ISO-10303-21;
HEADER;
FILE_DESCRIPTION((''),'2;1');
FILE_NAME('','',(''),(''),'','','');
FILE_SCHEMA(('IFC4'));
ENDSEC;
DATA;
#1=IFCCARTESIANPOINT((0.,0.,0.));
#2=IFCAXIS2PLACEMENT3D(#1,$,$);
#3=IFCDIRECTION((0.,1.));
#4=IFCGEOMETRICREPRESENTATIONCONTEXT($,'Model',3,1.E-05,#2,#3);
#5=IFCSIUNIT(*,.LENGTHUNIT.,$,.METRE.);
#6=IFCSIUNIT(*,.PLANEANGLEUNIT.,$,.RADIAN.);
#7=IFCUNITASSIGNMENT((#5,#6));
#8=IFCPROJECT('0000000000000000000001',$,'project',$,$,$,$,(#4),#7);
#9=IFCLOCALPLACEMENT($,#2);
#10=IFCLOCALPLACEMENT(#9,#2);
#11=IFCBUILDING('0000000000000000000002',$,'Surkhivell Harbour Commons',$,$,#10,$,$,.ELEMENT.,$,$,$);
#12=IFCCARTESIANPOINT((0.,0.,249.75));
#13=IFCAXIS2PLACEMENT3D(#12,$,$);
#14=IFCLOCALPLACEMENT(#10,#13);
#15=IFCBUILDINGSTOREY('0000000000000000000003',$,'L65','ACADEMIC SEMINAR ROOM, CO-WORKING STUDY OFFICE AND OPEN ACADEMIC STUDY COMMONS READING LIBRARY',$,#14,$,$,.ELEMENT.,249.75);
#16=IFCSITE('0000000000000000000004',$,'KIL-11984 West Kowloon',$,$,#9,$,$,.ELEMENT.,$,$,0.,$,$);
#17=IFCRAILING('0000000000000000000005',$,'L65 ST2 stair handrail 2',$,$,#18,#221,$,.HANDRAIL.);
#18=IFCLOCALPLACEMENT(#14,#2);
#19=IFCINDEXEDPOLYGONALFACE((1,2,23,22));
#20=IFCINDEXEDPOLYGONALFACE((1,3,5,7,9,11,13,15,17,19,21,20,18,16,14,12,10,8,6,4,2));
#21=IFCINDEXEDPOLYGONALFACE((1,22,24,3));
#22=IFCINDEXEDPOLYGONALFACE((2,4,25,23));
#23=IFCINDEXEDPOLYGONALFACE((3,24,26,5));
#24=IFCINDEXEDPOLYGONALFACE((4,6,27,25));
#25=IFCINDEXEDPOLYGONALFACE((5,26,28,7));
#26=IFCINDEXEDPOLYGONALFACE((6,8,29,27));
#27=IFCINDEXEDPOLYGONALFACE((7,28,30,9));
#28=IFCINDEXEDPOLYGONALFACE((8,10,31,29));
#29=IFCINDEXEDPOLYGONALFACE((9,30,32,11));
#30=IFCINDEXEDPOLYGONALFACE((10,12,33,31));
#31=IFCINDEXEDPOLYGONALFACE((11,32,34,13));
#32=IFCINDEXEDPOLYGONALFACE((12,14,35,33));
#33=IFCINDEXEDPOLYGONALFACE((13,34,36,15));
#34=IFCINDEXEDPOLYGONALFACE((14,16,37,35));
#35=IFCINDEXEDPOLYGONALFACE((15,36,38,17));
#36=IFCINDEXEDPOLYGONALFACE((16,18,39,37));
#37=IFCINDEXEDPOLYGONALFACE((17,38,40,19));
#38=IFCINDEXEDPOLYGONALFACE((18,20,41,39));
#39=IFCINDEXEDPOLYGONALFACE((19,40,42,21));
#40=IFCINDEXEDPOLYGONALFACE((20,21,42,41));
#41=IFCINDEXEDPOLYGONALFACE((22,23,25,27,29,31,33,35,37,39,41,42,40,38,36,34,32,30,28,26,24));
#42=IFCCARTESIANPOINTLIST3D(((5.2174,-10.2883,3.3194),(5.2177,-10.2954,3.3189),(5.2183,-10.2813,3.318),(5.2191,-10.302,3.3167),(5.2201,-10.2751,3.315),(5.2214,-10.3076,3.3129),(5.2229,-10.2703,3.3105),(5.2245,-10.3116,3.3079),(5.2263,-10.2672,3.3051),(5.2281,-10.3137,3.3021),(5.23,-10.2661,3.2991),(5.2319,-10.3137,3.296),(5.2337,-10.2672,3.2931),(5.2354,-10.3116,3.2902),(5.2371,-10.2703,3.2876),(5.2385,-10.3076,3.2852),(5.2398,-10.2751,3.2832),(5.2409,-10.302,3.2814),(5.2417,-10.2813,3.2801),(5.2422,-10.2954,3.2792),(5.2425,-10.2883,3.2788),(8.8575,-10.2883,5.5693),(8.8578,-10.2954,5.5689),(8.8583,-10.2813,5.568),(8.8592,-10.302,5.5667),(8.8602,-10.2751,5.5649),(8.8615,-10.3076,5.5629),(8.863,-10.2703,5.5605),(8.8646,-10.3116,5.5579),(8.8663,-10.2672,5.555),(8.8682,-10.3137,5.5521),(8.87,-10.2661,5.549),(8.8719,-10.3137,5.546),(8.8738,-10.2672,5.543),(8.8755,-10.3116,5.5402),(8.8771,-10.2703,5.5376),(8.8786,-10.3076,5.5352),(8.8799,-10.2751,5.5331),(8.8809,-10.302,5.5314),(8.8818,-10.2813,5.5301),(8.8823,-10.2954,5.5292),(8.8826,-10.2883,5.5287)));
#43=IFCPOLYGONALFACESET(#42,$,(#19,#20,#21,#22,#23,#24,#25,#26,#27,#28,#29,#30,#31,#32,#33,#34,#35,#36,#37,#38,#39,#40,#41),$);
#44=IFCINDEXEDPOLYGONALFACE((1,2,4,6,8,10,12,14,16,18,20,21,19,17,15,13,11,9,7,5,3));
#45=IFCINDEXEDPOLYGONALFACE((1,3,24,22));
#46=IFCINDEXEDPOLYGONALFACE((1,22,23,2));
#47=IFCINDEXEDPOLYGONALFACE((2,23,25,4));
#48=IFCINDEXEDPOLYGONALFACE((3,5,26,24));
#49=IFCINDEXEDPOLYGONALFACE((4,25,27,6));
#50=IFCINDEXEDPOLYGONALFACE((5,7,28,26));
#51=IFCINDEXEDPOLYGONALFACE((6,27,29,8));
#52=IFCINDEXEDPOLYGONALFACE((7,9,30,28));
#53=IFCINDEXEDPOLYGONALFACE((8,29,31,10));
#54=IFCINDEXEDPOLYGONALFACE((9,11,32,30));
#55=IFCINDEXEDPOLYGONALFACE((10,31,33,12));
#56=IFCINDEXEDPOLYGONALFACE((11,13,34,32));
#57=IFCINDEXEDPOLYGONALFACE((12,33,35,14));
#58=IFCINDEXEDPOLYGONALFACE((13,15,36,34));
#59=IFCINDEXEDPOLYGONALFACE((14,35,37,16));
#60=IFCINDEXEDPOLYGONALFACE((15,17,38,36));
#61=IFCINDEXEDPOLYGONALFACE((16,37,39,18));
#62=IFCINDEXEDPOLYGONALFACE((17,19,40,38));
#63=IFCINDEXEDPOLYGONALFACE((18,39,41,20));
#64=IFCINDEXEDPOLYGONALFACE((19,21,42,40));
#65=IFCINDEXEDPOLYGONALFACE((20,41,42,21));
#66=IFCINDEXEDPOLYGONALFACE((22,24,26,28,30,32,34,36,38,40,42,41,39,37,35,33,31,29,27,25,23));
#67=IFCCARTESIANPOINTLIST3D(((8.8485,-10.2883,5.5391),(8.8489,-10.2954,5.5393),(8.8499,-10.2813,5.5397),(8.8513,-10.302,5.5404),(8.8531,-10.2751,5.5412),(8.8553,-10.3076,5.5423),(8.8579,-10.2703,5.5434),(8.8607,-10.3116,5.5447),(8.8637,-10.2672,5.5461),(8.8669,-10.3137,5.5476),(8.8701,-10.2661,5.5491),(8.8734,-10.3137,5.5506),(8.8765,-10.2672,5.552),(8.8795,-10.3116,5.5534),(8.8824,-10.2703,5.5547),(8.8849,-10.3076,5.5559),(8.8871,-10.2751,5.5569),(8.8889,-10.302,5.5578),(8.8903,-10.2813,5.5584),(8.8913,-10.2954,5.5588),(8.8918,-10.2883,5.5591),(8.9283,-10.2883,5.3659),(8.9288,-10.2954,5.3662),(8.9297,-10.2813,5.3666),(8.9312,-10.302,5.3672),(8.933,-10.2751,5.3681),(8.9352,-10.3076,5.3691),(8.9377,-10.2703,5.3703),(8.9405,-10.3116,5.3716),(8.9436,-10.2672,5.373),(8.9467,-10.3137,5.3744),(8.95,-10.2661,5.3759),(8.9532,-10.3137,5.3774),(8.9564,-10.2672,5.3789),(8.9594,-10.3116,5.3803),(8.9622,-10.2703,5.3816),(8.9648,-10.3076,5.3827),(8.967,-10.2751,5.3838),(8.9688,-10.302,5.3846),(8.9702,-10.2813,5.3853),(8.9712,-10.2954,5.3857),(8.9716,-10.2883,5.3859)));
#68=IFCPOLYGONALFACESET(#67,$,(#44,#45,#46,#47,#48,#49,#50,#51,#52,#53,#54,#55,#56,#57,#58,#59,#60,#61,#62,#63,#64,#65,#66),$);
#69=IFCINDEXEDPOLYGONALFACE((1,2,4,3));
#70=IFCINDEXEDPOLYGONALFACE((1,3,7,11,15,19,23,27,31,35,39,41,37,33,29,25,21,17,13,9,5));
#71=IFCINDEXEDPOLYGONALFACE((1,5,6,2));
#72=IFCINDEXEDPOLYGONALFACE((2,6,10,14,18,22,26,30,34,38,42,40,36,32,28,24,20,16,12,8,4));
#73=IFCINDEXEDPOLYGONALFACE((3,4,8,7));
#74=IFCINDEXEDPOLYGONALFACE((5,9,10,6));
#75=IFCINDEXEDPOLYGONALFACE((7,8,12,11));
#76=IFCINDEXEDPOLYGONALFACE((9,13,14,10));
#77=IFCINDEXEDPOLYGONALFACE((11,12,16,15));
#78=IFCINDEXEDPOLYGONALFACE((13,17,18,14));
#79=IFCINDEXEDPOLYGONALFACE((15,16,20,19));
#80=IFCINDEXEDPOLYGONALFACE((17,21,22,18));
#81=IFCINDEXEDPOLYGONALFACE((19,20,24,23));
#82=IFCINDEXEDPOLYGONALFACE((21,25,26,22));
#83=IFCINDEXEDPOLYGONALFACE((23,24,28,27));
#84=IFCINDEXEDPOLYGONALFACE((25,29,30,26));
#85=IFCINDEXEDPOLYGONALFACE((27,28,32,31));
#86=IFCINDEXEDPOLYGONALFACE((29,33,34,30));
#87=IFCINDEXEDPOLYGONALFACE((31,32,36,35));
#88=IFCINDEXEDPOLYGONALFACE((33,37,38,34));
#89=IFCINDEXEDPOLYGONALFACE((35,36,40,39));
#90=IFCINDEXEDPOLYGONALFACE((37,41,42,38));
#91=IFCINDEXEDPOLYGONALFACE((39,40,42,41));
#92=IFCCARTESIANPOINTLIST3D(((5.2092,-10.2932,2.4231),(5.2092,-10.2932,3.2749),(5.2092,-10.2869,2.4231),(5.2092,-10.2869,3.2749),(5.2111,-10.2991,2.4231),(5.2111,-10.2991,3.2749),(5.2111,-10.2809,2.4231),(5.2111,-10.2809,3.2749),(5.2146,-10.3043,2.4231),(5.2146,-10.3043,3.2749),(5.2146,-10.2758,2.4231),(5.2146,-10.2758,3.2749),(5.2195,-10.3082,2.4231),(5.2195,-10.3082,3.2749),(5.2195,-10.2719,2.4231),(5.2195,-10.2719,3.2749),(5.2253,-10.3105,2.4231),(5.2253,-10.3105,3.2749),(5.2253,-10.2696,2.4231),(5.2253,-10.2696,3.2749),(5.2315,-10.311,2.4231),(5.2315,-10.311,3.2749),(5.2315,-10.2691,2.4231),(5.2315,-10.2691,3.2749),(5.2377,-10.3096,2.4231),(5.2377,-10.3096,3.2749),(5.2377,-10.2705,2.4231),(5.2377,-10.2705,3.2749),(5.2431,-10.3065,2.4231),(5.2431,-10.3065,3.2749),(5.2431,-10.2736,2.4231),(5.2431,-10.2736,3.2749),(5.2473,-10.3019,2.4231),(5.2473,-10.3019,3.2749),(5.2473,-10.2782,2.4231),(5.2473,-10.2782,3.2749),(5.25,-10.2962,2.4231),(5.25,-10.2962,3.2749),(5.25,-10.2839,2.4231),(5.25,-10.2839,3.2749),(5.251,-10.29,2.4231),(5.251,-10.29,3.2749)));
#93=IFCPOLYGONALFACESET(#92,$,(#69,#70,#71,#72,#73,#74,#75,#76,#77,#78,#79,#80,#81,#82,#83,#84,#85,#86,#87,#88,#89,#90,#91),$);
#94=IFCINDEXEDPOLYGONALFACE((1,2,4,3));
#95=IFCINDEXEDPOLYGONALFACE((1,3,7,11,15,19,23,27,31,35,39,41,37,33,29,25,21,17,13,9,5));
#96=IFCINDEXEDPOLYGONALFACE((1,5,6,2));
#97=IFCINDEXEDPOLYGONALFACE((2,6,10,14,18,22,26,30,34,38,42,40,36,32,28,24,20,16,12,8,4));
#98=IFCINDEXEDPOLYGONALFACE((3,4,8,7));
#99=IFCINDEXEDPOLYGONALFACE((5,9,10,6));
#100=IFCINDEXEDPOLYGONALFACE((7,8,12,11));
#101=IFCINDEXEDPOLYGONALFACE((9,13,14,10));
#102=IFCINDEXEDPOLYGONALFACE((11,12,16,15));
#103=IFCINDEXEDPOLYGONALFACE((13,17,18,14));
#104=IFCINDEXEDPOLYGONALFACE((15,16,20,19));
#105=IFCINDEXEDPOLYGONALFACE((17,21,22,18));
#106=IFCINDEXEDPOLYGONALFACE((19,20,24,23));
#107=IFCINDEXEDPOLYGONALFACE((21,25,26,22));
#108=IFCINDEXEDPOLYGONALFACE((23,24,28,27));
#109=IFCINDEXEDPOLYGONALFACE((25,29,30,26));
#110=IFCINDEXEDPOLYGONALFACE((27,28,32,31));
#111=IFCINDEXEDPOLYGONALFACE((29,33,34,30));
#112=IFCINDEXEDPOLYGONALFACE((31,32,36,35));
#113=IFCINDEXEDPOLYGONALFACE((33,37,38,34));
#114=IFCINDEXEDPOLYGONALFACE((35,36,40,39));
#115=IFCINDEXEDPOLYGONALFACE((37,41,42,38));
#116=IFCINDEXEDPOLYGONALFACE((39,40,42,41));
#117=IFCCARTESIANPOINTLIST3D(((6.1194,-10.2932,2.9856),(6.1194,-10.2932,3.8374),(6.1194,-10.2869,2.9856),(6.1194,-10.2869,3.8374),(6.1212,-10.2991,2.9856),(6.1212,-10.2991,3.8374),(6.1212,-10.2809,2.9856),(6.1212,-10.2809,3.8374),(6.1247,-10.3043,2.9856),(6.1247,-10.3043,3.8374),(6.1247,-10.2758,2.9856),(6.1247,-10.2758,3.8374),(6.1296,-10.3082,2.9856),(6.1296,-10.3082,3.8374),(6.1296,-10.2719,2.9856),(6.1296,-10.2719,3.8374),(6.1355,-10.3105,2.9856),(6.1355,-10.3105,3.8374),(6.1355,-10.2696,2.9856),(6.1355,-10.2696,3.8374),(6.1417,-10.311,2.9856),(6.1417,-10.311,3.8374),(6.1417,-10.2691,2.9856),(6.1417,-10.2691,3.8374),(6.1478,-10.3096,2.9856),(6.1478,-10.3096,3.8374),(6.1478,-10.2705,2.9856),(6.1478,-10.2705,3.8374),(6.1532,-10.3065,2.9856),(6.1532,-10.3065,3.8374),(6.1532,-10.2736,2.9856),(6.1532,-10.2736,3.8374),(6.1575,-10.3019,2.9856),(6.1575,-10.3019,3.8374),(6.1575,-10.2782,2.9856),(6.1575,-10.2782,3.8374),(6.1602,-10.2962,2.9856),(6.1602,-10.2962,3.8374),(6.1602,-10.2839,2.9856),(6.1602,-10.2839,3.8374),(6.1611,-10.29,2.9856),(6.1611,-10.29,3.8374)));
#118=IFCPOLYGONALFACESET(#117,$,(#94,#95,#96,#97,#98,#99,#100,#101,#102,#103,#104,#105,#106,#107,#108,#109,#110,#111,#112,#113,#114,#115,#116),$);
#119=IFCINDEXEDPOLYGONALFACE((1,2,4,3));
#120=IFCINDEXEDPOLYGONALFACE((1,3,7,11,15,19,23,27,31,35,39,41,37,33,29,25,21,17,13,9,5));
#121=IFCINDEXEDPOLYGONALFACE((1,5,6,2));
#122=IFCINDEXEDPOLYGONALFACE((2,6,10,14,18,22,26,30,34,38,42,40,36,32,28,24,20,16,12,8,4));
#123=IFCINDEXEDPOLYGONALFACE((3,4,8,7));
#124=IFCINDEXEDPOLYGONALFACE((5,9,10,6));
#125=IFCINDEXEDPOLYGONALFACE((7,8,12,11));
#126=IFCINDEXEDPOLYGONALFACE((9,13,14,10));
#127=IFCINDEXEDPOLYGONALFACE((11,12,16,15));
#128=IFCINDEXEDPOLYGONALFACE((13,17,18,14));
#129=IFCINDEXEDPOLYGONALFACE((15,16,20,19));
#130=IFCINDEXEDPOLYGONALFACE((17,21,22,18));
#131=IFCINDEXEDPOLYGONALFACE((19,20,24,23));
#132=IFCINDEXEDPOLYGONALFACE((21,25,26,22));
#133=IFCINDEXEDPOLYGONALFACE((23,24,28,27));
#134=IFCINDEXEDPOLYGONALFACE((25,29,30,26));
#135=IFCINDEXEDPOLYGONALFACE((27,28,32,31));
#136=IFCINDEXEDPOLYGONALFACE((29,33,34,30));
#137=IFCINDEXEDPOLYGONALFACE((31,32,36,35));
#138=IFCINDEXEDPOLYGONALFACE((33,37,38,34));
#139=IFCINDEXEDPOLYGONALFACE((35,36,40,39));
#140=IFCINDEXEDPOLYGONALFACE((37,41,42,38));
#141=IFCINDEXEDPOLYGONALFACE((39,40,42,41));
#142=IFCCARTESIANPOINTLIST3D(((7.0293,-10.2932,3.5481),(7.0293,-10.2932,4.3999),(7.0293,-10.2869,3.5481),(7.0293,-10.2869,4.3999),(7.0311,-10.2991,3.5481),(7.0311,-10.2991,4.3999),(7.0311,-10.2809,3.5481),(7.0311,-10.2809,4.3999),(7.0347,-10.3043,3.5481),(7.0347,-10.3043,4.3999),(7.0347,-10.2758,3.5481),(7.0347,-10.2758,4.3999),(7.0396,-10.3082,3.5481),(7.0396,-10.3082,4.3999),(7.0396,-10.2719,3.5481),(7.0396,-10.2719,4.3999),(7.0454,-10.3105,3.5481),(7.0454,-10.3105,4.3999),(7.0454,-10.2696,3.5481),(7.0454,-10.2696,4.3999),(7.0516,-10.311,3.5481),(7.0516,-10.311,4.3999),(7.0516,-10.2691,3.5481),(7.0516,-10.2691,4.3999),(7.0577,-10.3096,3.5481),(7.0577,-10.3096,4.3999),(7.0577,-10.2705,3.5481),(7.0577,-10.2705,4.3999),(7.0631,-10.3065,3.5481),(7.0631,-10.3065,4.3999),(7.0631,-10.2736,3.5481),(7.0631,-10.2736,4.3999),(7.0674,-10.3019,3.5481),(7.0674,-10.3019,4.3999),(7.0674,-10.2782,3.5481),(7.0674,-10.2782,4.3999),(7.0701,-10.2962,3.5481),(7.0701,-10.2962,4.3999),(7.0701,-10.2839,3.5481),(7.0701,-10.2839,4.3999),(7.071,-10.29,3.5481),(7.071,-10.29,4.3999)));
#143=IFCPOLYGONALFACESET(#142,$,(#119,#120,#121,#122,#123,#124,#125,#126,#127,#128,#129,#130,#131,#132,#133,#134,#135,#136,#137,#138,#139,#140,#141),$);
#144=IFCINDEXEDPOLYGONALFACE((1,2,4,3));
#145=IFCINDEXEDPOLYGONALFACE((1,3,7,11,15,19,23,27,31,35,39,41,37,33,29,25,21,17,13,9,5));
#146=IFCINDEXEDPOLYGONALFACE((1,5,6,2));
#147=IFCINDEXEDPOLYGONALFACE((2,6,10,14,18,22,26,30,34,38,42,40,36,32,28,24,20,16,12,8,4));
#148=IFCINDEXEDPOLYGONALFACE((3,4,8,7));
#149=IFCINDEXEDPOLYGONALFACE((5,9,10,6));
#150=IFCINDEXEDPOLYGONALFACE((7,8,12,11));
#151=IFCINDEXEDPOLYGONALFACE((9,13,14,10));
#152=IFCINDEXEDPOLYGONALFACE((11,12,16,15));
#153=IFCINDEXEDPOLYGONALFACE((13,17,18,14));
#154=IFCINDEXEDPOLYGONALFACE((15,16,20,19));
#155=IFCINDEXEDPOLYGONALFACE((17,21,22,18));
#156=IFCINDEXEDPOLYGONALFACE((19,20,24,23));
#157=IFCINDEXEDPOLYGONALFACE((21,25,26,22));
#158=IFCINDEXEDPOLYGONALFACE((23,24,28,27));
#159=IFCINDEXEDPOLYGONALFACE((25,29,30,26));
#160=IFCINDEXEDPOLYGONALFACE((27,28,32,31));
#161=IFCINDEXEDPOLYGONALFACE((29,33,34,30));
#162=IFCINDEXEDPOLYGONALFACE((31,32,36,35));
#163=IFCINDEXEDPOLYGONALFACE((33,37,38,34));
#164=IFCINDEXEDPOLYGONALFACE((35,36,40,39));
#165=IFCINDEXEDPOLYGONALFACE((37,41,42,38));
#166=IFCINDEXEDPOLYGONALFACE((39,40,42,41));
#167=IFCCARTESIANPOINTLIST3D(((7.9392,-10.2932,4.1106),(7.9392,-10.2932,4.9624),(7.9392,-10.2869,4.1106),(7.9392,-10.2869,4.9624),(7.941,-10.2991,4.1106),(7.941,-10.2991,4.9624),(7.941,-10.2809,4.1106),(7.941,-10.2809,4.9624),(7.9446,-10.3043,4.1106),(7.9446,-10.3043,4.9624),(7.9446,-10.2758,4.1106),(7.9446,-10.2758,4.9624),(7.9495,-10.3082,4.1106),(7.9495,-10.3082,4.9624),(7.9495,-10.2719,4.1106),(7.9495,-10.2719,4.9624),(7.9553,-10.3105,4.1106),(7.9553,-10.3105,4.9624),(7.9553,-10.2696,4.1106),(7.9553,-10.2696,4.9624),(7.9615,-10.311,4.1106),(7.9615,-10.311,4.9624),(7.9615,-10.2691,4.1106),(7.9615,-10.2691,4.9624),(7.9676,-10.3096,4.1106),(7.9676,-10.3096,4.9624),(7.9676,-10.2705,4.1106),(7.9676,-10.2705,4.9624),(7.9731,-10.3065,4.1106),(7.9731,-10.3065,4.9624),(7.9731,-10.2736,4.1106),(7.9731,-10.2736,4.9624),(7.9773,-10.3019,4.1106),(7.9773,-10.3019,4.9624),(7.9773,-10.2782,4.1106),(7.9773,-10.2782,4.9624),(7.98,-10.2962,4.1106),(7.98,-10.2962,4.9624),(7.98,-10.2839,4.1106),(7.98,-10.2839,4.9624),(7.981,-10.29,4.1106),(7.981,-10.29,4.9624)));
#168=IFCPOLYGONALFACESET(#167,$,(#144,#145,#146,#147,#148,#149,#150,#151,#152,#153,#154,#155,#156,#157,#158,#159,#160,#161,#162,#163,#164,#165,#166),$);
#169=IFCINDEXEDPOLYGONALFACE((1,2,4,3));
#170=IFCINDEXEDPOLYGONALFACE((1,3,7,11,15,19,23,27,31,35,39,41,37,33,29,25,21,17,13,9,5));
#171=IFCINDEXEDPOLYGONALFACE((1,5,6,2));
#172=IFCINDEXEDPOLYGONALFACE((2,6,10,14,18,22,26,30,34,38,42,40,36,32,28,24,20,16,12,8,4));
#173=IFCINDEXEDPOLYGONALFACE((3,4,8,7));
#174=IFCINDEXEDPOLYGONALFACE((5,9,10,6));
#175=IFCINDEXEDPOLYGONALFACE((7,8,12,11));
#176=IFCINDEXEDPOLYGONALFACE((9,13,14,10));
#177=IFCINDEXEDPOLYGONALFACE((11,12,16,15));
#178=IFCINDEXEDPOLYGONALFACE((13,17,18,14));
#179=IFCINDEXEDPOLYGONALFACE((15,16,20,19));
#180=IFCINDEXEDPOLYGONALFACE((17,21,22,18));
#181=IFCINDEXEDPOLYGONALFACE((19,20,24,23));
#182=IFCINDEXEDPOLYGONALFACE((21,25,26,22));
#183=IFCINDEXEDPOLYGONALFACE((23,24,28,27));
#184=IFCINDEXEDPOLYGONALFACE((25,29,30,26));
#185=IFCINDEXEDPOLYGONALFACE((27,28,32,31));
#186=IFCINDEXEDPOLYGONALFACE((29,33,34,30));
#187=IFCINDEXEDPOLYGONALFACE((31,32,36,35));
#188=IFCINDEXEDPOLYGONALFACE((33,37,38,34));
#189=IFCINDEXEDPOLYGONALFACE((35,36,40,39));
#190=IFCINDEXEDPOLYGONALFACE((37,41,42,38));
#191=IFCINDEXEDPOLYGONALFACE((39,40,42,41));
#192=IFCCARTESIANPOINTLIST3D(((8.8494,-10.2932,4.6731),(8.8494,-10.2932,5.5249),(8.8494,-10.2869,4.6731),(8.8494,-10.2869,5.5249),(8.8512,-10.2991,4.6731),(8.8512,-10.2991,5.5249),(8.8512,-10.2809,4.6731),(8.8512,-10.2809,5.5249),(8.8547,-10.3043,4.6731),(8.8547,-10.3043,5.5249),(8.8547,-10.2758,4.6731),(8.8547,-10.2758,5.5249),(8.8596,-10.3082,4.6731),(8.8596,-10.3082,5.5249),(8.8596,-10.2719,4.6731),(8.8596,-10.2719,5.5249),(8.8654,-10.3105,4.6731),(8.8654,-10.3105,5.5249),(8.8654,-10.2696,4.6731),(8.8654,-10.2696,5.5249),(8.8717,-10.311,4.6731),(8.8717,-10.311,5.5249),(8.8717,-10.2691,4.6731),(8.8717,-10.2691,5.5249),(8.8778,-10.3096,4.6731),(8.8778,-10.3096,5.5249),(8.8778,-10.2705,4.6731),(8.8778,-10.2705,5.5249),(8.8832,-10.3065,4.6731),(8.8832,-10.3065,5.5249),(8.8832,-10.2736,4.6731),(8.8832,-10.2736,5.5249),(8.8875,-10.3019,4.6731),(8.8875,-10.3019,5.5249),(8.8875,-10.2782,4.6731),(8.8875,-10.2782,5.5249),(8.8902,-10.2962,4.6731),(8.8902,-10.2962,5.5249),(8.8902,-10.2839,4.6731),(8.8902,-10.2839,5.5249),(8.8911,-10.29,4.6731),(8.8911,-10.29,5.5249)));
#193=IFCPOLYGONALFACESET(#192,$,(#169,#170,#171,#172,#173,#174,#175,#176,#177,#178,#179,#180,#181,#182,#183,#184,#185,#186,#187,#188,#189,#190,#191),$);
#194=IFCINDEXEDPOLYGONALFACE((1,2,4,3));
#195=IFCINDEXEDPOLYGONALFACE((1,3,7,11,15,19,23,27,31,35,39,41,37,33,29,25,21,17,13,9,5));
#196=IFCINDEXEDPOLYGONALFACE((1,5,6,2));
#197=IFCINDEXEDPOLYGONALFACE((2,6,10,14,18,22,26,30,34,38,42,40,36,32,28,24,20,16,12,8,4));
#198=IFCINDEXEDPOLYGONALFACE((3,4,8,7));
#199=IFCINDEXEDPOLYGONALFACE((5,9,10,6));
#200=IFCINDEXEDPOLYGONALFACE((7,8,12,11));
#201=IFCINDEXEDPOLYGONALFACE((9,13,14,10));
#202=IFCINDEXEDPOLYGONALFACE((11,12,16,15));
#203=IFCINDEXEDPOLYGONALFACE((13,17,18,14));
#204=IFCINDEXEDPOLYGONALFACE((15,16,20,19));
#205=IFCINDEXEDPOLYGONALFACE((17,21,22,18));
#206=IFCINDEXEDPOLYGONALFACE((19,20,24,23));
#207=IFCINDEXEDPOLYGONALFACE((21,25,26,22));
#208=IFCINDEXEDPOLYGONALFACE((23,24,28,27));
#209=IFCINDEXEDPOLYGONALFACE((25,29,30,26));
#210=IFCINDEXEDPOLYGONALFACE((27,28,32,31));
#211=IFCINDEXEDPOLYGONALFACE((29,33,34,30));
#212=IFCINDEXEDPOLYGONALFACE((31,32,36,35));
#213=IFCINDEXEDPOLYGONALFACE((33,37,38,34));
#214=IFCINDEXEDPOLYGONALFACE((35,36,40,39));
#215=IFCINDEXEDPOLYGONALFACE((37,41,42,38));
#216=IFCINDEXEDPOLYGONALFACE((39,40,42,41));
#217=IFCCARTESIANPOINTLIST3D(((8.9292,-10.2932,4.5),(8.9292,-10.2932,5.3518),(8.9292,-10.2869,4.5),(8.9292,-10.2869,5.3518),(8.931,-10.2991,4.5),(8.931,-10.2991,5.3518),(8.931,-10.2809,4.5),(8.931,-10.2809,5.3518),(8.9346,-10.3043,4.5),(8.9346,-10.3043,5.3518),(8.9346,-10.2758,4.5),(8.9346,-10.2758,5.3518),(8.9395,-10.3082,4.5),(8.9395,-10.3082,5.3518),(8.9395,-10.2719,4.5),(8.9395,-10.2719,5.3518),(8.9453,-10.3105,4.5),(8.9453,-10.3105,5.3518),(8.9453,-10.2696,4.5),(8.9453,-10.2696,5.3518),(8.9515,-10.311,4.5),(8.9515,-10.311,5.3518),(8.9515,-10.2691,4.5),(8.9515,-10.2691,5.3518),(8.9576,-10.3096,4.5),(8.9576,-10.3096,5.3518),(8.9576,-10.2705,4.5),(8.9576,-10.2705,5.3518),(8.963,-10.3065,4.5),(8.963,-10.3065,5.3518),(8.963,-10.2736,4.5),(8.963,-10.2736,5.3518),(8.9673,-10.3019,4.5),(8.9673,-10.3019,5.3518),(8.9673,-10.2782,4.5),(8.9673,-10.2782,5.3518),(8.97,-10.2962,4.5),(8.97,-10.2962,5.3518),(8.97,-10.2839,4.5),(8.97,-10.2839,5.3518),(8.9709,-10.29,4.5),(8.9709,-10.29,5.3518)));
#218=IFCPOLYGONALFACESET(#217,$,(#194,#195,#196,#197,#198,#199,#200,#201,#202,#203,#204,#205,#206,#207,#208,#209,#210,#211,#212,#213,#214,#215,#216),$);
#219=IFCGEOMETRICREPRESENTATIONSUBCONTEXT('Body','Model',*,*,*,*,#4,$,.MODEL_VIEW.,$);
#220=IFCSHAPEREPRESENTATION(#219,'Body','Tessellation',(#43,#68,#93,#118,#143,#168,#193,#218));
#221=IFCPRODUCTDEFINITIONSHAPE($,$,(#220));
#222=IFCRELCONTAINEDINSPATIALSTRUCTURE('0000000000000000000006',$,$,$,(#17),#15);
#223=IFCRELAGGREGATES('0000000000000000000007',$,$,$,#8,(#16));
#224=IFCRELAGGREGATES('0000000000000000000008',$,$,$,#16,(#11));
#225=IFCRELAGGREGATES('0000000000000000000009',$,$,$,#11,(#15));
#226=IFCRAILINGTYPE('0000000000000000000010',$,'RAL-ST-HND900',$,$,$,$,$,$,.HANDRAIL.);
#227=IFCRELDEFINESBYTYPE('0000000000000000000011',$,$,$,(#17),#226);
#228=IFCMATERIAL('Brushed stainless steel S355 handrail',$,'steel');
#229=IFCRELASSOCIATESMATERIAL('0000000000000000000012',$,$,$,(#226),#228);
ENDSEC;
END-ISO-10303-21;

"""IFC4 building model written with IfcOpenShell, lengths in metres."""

from ifc_helpers import new_model, si_unit, direction, frame, origin, origin_2d, place, context, subcontext, project, spatial, circle, extrude, material, type_object, element, save


model = new_model("IFC4")

# Units and contexts
model_context = context("Model", 3, precision=1e-05, world=origin(), true_north=direction((0.0, 1.0)))
body_context = subcontext(model_context, "Body", "Model", "MODEL_VIEW")
ifc_project = project(units=[si_unit("LENGTHUNIT", "METRE"), si_unit("PLANEANGLEUNIT", "RADIAN")], contexts=[model_context])

# Site, building, storey
site_placement = place(None, origin())
site = spatial("IfcSite", under=ifc_project, at=site_placement, Name="KIL-11984 West Kowloon", CompositionType="ELEMENT", RefElevation=0.0)
building_placement = place(site_placement, origin())
building = spatial("IfcBuilding", under=site, at=building_placement, Name="Surkhivell Harbour Commons", CompositionType="ELEMENT")
storey_placement = place(building_placement, frame((0.0, 0.0, 249.75)))
storey = spatial("IfcBuildingStorey", under=building, at=storey_placement, Name="L65", Description="ACADEMIC SEMINAR ROOM, CO-WORKING STUDY OFFICE AND OPEN ACADEMIC STUDY COMMONS READING LIBRARY", CompositionType="ELEMENT", Elevation=249.75)

# Railing
ifc_material_1 = material(Name="Brushed stainless steel S355 handrail", Category="steel")
railing_type_1 = type_object("IfcRailingType", Name="RAL-ST-HND900", PredefinedType="HANDRAIL", material=ifc_material_1)
railing_1_placement = place(storey_placement, frame((5.23, -10.29, 2.4231)))
element("IfcRailing", 1, at=railing_1_placement, inside=storey, type_object=railing_type_1, Name="L65 ST2 stair handrail 2", PredefinedType="HANDRAIL", context=body_context, shape_type="SweptSolid", body=[
    extrude(circle(Radius=0.0239, at=origin_2d()), frame((0.0, 0.0, 0.876), z_axis=(0.850622, 0.0, 0.525777), x_axis=(0.0, 1.0, 0.0)), (0.0, 0.0, 1.0), 4.2793),
    extrude(circle(Radius=0.0239, at=origin_2d()), frame((3.6401, 0.0, 3.126), z_axis=(0.418815, 0.0, -0.908072), x_axis=(0.0, 1.0, 0.0)), (0.0, 0.0, 1.0), 0.1907),
    extrude(circle(Radius=0.021, at=origin_2d()), origin(), (0.0, 0.0, 1.0), 0.8518),
    extrude(circle(Radius=0.021, at=origin_2d()), frame((0.9102, 0.0, 0.5625)), (0.0, 0.0, 1.0), 0.8518),
    extrude(circle(Radius=0.021, at=origin_2d()), frame((1.8201, 0.0, 1.125)), (0.0, 0.0, 1.0), 0.8518),
    extrude(circle(Radius=0.021, at=origin_2d()), frame((2.73, 0.0, 1.6875)), (0.0, 0.0, 1.0), 0.8518),
    extrude(circle(Radius=0.021, at=origin_2d()), frame((3.6401, 0.0, 2.25)), (0.0, 0.0, 1.0), 0.8518),
    extrude(circle(Radius=0.021, at=origin_2d()), frame((3.72, 0.0, 2.0769)), (0.0, 0.0, 1.0), 0.8518),
])

save(model, "model.ifc")
